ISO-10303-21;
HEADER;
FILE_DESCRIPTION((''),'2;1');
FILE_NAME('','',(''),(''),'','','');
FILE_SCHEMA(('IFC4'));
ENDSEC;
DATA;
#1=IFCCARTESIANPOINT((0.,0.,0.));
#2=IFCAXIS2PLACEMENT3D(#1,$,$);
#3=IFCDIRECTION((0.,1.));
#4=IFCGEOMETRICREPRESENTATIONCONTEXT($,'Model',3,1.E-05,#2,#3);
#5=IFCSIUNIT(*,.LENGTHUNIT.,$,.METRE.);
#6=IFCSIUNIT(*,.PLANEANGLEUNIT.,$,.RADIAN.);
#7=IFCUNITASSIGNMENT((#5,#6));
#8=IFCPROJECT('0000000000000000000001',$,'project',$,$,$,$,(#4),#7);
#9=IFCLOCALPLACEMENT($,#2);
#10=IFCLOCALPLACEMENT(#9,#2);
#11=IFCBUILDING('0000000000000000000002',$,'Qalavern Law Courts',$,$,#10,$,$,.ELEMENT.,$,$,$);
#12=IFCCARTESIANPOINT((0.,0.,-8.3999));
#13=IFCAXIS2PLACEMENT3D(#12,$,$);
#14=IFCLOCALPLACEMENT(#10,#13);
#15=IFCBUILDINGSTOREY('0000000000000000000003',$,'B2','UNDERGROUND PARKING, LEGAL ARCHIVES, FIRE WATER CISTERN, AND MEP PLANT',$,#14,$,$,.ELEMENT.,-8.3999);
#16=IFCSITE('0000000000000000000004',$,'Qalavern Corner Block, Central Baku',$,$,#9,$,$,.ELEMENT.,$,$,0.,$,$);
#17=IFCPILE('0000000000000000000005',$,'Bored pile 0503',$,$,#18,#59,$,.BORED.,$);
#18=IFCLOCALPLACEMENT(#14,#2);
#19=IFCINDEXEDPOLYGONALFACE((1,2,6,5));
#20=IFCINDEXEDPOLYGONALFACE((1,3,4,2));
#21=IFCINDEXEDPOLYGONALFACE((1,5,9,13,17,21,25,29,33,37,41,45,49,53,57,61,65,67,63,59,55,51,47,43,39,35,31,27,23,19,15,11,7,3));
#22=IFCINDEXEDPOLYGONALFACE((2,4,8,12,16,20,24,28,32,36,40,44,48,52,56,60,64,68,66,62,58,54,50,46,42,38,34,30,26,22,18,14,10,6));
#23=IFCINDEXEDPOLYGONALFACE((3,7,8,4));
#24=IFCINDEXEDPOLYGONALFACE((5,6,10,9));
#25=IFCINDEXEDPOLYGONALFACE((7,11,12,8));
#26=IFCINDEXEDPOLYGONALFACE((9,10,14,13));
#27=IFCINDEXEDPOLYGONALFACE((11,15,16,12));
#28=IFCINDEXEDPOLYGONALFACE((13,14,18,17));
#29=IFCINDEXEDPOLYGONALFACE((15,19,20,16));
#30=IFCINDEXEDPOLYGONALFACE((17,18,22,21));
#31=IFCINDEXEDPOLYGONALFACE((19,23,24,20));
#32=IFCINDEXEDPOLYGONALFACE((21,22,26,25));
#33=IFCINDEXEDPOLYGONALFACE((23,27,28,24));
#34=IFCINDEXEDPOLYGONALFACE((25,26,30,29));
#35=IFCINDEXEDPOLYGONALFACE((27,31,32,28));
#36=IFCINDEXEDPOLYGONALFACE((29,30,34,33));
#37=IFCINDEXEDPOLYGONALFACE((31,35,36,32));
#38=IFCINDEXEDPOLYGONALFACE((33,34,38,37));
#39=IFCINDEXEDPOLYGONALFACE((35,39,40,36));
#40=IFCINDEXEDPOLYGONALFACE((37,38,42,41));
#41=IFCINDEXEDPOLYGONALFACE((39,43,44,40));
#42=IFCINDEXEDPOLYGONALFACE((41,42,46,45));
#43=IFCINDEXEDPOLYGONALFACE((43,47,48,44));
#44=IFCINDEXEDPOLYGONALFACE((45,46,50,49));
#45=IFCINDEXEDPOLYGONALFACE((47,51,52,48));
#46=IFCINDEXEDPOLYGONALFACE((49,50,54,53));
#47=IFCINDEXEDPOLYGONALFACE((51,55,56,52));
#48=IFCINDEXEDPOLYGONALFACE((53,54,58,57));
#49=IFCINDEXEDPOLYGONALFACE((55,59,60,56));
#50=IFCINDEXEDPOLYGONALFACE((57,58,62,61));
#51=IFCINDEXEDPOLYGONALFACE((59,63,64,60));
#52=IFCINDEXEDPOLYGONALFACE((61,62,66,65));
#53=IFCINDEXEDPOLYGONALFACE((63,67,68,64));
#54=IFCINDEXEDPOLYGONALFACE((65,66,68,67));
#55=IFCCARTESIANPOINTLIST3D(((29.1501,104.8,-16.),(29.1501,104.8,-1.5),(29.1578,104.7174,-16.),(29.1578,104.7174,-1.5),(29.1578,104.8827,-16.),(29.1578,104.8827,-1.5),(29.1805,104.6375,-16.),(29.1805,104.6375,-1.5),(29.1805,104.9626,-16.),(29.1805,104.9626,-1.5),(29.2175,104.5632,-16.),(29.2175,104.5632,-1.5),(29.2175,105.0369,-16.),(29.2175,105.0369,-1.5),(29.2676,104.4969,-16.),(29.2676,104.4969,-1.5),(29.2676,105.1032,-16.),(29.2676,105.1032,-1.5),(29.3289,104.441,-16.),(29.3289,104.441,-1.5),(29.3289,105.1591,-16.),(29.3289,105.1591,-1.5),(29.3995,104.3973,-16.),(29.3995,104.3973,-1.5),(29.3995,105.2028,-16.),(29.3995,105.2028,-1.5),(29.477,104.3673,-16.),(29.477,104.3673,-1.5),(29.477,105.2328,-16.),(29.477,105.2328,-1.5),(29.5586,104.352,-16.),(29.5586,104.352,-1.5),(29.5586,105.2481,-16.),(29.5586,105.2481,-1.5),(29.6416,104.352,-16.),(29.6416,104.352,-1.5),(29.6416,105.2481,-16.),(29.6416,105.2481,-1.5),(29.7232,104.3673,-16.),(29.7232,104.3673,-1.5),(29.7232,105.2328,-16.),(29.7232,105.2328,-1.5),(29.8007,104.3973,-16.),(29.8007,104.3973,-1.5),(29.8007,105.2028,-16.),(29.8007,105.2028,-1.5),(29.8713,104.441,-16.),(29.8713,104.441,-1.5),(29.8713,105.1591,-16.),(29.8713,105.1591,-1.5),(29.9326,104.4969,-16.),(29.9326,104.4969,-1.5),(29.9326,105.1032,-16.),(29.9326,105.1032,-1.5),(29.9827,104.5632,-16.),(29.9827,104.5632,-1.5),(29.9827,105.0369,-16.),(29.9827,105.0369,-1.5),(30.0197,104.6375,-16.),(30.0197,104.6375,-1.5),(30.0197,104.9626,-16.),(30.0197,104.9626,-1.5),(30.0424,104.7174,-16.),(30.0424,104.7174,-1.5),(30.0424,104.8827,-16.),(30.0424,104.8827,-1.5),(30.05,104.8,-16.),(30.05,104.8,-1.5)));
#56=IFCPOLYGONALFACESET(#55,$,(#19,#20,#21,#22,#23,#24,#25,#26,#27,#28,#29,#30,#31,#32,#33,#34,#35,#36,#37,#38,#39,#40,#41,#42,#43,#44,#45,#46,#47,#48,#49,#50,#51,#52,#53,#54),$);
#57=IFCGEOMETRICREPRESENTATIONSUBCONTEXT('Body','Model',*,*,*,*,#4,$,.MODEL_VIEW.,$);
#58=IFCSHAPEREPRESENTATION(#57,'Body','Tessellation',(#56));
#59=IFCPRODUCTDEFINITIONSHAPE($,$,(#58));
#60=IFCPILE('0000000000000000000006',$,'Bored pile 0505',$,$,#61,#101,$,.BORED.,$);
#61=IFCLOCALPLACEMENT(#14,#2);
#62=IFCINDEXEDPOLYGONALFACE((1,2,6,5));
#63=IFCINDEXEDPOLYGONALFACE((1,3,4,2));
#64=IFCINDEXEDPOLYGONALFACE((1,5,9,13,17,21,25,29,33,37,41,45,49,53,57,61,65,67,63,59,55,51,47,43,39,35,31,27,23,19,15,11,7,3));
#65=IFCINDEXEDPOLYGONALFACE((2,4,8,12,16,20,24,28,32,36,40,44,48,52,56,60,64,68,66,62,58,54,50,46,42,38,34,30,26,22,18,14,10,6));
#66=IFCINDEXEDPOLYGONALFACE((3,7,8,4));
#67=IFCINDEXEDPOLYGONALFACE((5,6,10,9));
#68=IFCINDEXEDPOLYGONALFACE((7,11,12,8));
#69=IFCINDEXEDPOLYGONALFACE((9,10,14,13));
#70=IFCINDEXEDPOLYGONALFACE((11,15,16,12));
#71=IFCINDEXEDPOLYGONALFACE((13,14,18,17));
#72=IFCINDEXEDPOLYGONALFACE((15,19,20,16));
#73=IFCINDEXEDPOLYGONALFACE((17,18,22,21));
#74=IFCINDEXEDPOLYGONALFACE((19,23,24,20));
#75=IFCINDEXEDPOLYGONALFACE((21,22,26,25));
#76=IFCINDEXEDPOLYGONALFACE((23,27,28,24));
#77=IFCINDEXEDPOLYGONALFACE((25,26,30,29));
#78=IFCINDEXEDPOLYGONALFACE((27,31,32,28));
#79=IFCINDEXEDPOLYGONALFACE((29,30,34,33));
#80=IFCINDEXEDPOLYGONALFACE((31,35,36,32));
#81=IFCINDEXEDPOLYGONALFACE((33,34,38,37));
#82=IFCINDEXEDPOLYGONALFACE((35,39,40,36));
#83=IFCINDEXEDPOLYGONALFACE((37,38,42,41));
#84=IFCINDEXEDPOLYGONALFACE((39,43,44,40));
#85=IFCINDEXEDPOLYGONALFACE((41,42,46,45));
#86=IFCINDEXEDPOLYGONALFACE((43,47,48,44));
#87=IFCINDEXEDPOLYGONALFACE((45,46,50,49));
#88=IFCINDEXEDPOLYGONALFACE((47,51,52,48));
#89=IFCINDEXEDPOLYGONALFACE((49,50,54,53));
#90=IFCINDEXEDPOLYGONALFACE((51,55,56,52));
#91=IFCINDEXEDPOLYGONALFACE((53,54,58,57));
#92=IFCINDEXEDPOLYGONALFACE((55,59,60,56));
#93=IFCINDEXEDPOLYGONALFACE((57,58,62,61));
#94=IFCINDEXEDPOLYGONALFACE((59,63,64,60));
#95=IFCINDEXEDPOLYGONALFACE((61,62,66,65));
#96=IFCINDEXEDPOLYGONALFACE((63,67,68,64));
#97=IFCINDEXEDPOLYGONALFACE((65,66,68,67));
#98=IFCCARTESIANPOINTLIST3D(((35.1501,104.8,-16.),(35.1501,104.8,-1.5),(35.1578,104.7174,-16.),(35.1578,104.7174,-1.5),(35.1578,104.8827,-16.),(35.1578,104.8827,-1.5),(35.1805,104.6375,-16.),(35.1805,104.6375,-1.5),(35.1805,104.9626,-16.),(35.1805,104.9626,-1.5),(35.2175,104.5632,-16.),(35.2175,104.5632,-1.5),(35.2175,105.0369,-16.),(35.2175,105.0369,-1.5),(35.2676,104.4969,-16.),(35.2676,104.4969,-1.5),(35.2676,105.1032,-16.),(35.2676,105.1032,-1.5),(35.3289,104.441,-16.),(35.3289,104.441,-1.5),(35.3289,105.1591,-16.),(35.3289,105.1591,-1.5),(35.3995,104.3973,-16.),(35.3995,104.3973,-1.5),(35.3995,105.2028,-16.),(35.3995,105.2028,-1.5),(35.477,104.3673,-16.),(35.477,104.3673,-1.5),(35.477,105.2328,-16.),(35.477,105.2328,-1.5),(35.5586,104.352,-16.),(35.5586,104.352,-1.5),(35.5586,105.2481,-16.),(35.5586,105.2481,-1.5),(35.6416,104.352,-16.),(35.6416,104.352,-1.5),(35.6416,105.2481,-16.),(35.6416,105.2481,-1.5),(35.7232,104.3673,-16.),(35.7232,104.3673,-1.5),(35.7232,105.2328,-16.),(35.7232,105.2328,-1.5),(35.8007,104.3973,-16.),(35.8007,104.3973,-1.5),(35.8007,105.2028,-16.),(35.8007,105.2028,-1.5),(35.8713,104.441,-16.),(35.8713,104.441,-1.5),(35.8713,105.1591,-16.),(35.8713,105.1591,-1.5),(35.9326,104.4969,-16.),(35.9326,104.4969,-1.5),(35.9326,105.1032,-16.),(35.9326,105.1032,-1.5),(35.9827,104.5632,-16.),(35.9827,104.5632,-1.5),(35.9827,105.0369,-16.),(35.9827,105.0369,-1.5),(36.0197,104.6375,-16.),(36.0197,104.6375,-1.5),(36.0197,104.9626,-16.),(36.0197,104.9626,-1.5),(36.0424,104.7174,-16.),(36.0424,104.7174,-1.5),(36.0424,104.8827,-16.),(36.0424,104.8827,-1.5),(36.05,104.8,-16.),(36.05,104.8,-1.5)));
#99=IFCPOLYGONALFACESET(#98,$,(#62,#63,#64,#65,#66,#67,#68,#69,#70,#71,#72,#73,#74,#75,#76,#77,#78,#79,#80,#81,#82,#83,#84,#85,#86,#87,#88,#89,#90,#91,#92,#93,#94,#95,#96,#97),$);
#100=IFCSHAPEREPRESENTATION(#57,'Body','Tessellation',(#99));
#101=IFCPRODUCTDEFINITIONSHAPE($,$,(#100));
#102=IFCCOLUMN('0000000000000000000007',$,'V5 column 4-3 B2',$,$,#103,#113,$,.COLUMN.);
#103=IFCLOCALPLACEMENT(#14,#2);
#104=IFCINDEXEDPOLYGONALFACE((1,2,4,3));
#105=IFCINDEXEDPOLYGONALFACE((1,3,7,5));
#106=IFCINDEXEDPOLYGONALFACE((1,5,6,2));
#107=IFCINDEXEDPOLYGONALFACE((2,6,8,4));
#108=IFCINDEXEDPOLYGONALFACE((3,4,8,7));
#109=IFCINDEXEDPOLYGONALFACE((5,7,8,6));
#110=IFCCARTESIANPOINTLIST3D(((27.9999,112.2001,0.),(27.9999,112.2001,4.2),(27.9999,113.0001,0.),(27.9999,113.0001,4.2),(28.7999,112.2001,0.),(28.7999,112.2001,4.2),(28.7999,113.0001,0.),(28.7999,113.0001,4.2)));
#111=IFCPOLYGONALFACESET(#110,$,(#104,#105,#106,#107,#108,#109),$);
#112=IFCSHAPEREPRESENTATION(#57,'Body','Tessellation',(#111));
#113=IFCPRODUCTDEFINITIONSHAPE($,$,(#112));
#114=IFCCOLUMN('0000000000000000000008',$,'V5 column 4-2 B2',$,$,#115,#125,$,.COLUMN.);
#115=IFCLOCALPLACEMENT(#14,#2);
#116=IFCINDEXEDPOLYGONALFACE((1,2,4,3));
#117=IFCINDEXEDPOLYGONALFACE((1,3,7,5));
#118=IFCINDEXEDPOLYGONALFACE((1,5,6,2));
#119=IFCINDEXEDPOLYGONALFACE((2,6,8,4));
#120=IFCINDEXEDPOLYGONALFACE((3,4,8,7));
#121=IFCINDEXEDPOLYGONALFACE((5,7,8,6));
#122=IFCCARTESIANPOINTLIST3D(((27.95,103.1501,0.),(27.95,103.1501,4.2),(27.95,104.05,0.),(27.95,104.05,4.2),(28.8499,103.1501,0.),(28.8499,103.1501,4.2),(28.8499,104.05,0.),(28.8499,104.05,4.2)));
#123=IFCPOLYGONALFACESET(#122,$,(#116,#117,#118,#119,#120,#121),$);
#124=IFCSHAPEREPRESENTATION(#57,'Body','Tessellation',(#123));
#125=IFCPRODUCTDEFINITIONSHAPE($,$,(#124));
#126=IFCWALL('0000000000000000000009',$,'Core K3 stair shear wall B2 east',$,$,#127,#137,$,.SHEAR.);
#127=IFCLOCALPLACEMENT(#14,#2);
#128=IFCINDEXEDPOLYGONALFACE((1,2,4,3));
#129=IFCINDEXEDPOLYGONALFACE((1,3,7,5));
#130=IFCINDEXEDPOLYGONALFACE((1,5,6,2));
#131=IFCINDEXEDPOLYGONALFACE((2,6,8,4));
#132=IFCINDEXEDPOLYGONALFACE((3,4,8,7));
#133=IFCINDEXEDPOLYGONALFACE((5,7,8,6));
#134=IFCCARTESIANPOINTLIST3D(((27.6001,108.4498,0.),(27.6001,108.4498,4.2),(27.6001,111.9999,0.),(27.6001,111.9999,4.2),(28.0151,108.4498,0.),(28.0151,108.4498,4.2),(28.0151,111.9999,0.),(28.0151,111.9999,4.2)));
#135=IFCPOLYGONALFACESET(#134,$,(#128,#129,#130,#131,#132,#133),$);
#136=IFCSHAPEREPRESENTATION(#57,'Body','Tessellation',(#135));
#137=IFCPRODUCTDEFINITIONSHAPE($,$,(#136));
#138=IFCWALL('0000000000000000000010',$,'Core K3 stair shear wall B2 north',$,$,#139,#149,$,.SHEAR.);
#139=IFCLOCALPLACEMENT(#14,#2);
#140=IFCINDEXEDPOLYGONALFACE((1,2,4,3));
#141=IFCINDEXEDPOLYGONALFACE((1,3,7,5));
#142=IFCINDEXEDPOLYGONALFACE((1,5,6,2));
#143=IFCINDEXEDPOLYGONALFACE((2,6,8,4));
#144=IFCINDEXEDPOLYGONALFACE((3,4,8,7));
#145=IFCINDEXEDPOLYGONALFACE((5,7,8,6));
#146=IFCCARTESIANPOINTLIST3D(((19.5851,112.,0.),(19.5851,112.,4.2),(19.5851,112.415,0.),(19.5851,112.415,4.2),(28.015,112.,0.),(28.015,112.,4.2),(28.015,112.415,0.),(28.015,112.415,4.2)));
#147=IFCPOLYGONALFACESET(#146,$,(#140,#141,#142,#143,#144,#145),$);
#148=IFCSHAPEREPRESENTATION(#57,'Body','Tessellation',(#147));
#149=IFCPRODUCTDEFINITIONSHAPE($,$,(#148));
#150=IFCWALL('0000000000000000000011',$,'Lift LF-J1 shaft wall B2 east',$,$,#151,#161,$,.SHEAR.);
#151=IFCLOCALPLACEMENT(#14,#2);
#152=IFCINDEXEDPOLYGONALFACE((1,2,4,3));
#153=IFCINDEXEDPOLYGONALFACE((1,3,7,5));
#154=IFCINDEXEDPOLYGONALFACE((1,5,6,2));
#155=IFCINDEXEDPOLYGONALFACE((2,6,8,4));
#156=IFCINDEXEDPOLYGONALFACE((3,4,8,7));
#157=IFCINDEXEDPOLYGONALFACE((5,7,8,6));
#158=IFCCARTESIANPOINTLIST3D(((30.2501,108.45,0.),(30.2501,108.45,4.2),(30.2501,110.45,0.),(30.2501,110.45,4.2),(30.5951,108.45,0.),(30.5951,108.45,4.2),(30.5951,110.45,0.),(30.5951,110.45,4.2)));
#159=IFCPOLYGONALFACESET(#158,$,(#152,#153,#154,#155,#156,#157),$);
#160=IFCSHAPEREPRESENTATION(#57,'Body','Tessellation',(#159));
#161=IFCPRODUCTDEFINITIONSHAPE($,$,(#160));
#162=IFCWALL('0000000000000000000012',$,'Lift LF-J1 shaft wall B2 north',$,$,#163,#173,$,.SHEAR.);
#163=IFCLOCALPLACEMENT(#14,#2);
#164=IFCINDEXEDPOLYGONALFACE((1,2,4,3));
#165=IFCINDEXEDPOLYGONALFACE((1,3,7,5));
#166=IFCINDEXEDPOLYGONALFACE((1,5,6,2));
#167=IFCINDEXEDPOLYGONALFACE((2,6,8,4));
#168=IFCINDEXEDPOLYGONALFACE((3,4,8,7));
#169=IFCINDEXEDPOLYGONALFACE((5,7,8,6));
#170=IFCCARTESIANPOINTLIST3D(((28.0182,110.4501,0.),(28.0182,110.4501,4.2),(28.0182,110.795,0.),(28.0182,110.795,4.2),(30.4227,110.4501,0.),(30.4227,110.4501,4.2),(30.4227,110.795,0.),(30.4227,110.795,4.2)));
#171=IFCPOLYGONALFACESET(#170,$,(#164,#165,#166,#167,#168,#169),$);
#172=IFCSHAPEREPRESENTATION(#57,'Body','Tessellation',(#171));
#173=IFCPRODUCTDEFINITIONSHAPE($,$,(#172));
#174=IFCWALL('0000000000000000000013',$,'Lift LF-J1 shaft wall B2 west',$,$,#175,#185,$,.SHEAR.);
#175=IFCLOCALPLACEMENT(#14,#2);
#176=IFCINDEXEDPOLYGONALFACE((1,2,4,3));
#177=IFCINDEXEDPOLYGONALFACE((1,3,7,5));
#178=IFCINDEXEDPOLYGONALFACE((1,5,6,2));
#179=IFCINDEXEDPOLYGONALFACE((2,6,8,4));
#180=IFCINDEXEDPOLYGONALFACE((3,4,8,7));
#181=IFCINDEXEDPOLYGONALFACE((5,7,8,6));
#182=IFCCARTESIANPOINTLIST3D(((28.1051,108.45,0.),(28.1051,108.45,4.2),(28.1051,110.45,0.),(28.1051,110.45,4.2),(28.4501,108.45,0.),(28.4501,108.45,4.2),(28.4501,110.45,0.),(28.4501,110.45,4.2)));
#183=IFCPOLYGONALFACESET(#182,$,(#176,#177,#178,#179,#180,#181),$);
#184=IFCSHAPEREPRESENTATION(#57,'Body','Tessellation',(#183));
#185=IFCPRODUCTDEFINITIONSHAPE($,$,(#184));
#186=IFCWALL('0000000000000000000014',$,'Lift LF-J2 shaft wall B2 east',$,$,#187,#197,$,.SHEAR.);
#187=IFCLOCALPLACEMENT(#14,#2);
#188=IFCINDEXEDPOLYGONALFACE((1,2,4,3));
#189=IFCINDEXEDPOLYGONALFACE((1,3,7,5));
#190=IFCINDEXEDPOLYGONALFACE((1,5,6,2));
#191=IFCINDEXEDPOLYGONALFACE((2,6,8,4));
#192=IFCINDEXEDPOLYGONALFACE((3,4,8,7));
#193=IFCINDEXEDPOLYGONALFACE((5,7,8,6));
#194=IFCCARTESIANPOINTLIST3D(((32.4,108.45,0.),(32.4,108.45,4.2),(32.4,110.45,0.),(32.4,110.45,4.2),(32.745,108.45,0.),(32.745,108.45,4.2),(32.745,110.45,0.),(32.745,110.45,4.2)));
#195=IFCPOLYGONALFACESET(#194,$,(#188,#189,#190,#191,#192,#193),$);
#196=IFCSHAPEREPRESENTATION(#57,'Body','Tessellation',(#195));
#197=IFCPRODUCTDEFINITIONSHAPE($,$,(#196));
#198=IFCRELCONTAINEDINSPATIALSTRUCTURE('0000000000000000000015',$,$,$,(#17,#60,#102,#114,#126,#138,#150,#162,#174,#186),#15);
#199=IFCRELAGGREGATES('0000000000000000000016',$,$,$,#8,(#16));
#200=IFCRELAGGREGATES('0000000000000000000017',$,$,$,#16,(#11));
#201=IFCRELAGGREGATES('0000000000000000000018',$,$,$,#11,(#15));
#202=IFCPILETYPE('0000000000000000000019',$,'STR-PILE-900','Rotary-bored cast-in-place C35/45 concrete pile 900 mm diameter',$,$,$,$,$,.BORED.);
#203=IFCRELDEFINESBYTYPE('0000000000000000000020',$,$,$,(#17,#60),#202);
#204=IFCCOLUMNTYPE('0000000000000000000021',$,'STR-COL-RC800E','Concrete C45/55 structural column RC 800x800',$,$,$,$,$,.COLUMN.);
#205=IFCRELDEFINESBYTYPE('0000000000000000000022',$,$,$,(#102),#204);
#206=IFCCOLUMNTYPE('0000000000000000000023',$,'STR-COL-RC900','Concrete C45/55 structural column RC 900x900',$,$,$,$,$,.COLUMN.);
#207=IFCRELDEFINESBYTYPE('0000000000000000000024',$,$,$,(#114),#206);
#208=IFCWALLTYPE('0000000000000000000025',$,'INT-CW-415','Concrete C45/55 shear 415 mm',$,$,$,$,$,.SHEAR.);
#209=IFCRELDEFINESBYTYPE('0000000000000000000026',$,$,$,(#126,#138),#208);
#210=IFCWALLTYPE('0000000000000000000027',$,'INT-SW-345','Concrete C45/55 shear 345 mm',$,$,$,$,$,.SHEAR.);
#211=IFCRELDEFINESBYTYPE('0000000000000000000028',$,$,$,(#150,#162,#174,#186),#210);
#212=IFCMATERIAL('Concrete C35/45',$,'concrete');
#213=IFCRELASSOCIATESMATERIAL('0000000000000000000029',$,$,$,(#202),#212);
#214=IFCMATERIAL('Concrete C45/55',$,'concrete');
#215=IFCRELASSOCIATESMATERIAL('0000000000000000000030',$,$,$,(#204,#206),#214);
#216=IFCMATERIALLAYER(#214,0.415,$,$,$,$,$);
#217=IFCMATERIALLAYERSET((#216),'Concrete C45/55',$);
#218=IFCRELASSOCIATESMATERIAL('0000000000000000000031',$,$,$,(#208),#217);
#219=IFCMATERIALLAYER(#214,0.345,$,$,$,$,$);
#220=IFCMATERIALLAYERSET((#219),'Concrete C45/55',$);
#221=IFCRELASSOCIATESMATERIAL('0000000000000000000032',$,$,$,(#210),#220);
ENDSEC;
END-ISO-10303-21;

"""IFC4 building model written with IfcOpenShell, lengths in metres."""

from ifc_helpers import new_model, si_unit, direction, frame, frame_2d, origin, origin_2d, place, context, subcontext, project, spatial, rectangle, circle, extrude, material, layer, layer_set, material_profile, profile_set, type_object, element, save


model = new_model("IFC4")

# Units and contexts
model_context = context("Model", 3, precision=1e-05, world=origin(), true_north=direction((0.0, 1.0)))
body_context = subcontext(model_context, "Body", "Model", "MODEL_VIEW")
ifc_project = project(units=[si_unit("LENGTHUNIT", "METRE"), si_unit("PLANEANGLEUNIT", "RADIAN")], contexts=[model_context])

# Site, building, storey
site_placement = place(None, origin())
site = spatial("IfcSite", under=ifc_project, at=site_placement, Name="Qalavern Corner Block, Central Baku", CompositionType="ELEMENT", RefElevation=0.0)
building_placement = place(site_placement, origin())
building = spatial("IfcBuilding", under=site, at=building_placement, Name="Qalavern Law Courts", CompositionType="ELEMENT")
storey_placement = place(building_placement, frame((0.0, 0.0, -8.3999)))
storey = spatial("IfcBuildingStorey", under=building, at=storey_placement, Name="B2", Description="UNDERGROUND PARKING, LEGAL ARCHIVES, FIRE WATER CISTERN, AND MEP PLANT", CompositionType="ELEMENT", Elevation=-8.3999)

# Shared definitions
ifc_material_1 = material(Name="Concrete C35/45", Category="concrete")

# Piles
ifc_material_profile_1 = material_profile(ifc_material_1, circle(Radius=0.45, at=origin_2d()), Name="BORED PILE 900")
ifc_profile_set_1 = profile_set([ifc_material_profile_1], Name="Concrete C35/45")
pile_type_1 = type_object("IfcPileType", Name="STR-PILE-900", Description="Rotary-bored cast-in-place C35/45 concrete pile 900 mm diameter", PredefinedType="BORED", material=ifc_profile_set_1)
for number, where, z_axis, x_axis, name in (
    (1, (29.6001, 104.8, -1.5), (0.0, 0.0, -1.0), (1.0, 0.0, 0.0), "Bored pile 0503"),
    (2, (35.6001, 104.8, -1.5), (0.0, 0.0, -1.0), (1.0, 0.0, 0.0), "Bored pile 0505"),
):
    element("IfcPile", number, at=place(storey_placement, frame(where, z_axis=z_axis, x_axis=x_axis)), inside=storey, type_object=pile_type_1, Name=name, PredefinedType="BORED", context=body_context, shape_type="SweptSolid", body=[
        extrude(circle(Radius=0.45, at=origin_2d()), origin(), (0.0, 0.0, 1.0), 14.5),
    ])

# Columns
ifc_material_2 = material(Name="Concrete C45/55", Category="concrete")
ifc_material_profile_2 = material_profile(ifc_material_2, rectangle(XDim=0.8, YDim=0.8, at=origin_2d()), Name="RC 800x800")
ifc_profile_set_2 = profile_set([ifc_material_profile_2], Name="Concrete C45/55")
column_type_1 = type_object("IfcColumnType", Name="STR-COL-RC800E", Description="Concrete C45/55 structural column RC 800x800", PredefinedType="COLUMN", material=ifc_profile_set_2)
column_1_placement = place(storey_placement, frame((28.3999, 112.6001, 0.0), z_axis=(0.0, 0.0, 1.0), x_axis=(1.0, 0.0, 0.0)))
element("IfcColumn", 3, at=column_1_placement, inside=storey, type_object=column_type_1, Name="V5 column 4-3 B2", PredefinedType="COLUMN", context=body_context, shape_type="SweptSolid", body=[
    extrude(rectangle(XDim=0.8, YDim=0.8, at=origin_2d()), origin(), (0.0, 0.0, 1.0), 4.2),
])
ifc_material_profile_3 = material_profile(ifc_material_2, rectangle(XDim=0.8999, YDim=0.8999, at=origin_2d()), Name="RC 900x900")
ifc_profile_set_3 = profile_set([ifc_material_profile_3], Name="Concrete C45/55")
column_type_2 = type_object("IfcColumnType", Name="STR-COL-RC900", Description="Concrete C45/55 structural column RC 900x900", PredefinedType="COLUMN", material=ifc_profile_set_3)
column_2_placement = place(storey_placement, frame((28.3999, 103.6001, 0.0), z_axis=(0.0, 0.0, 1.0), x_axis=(1.0, 0.0, 0.0)))
element("IfcColumn", 4, at=column_2_placement, inside=storey, type_object=column_type_2, Name="V5 column 4-2 B2", PredefinedType="COLUMN", context=body_context, shape_type="SweptSolid", body=[
    extrude(rectangle(XDim=0.8999, YDim=0.8999, at=origin_2d()), origin(), (0.0, 0.0, 1.0), 4.2),
])

# Walls
ifc_layer_1 = layer(ifc_material_2, 0.415)
ifc_layer_set_1 = layer_set([ifc_layer_1], Name="Concrete C45/55")
wall_type_1 = type_object("IfcWallType", Name="INT-CW-415", Description="Concrete C45/55 shear 415 mm", PredefinedType="SHEAR", material=ifc_layer_set_1)
wall_1_placement = place(storey_placement, frame((27.8076, 108.45, 0.0), z_axis=(0.0, 0.0, 1.0), x_axis=(0.0, 1.0, 0.0)))
element("IfcWall", 5, at=wall_1_placement, inside=storey, type_object=wall_type_1, Name="Core K3 stair shear wall B2 east", PredefinedType="SHEAR", context=body_context, shape_type="SweptSolid", body=[
    extrude(rectangle(XDim=3.55, YDim=0.415, at=frame_2d((1.7749, 0.0))), origin(), (0.0, 0.0, 1.0), 4.2),
])
wall_2_placement = place(storey_placement, frame((28.0149, 112.2075, 0.0), z_axis=(0.0, 0.0, 1.0), x_axis=(-1.0, 0.0, 0.0)))
element("IfcWall", 6, at=wall_2_placement, inside=storey, type_object=wall_type_1, Name="Core K3 stair shear wall B2 north", PredefinedType="SHEAR", context=body_context, shape_type="SweptSolid", body=[
    extrude(rectangle(XDim=8.4299, YDim=0.415, at=frame_2d((4.2148, 0.0))), origin(), (0.0, 0.0, 1.0), 4.2),
])

# Shared definitions
ifc_layer_2 = layer(ifc_material_2, 0.345)
ifc_layer_set_2 = layer_set([ifc_layer_2], Name="Concrete C45/55")
wall_type_2 = type_object("IfcWallType", Name="INT-SW-345", Description="Concrete C45/55 shear 345 mm", PredefinedType="SHEAR", material=ifc_layer_set_2)

# Walls
wall_3_placement = place(storey_placement, frame((30.4226, 108.45, 0.0), z_axis=(0.0, 0.0, 1.0), x_axis=(0.0, 1.0, 0.0)))
element("IfcWall", 7, at=wall_3_placement, inside=storey, type_object=wall_type_2, Name="Lift LF-J1 shaft wall B2 east", PredefinedType="SHEAR", context=body_context, shape_type="SweptSolid", body=[
    extrude(rectangle(XDim=2.0, YDim=0.345, at=frame_2d((1.0, 0.0))), origin(), (0.0, 0.0, 1.0), 4.2),
])
wall_4_placement = place(storey_placement, frame((30.4226, 110.6226, 0.0), z_axis=(0.0, 0.0, 1.0), x_axis=(-1.0, 0.0, 0.0)))
element("IfcWall", 8, at=wall_4_placement, inside=storey, type_object=wall_type_2, Name="Lift LF-J1 shaft wall B2 north", PredefinedType="SHEAR", context=body_context, shape_type="SweptSolid", body=[
    extrude(rectangle(XDim=2.4045, YDim=0.345, at=frame_2d((1.2021, 0.0))), origin(), (0.0, 0.0, 1.0), 4.2),
])
wall_5_placement = place(storey_placement, frame((28.2776, 110.45, 0.0), z_axis=(0.0, 0.0, 1.0), x_axis=(0.0, -1.0, 0.0)))
element("IfcWall", 9, at=wall_5_placement, inside=storey, type_object=wall_type_2, Name="Lift LF-J1 shaft wall B2 west", PredefinedType="SHEAR", context=body_context, shape_type="SweptSolid", body=[
    extrude(rectangle(XDim=2.0, YDim=0.345, at=frame_2d((1.0, 0.0))), origin(), (0.0, 0.0, 1.0), 4.2),
])

# Wall
wall_6_placement = place(storey_placement, frame((32.5725, 108.45, 0.0), z_axis=(0.0, 0.0, 1.0), x_axis=(0.0, 1.0, 0.0)))
element("IfcWall", 10, at=wall_6_placement, inside=storey, type_object=wall_type_2, Name="Lift LF-J2 shaft wall B2 east", PredefinedType="SHEAR", context=body_context, shape_type="SweptSolid", body=[
    extrude(rectangle(XDim=2.0, YDim=0.345, at=frame_2d((1.0, 0.0))), origin(), (0.0, 0.0, 1.0), 4.2),
])

save(model, "model.ifc")
